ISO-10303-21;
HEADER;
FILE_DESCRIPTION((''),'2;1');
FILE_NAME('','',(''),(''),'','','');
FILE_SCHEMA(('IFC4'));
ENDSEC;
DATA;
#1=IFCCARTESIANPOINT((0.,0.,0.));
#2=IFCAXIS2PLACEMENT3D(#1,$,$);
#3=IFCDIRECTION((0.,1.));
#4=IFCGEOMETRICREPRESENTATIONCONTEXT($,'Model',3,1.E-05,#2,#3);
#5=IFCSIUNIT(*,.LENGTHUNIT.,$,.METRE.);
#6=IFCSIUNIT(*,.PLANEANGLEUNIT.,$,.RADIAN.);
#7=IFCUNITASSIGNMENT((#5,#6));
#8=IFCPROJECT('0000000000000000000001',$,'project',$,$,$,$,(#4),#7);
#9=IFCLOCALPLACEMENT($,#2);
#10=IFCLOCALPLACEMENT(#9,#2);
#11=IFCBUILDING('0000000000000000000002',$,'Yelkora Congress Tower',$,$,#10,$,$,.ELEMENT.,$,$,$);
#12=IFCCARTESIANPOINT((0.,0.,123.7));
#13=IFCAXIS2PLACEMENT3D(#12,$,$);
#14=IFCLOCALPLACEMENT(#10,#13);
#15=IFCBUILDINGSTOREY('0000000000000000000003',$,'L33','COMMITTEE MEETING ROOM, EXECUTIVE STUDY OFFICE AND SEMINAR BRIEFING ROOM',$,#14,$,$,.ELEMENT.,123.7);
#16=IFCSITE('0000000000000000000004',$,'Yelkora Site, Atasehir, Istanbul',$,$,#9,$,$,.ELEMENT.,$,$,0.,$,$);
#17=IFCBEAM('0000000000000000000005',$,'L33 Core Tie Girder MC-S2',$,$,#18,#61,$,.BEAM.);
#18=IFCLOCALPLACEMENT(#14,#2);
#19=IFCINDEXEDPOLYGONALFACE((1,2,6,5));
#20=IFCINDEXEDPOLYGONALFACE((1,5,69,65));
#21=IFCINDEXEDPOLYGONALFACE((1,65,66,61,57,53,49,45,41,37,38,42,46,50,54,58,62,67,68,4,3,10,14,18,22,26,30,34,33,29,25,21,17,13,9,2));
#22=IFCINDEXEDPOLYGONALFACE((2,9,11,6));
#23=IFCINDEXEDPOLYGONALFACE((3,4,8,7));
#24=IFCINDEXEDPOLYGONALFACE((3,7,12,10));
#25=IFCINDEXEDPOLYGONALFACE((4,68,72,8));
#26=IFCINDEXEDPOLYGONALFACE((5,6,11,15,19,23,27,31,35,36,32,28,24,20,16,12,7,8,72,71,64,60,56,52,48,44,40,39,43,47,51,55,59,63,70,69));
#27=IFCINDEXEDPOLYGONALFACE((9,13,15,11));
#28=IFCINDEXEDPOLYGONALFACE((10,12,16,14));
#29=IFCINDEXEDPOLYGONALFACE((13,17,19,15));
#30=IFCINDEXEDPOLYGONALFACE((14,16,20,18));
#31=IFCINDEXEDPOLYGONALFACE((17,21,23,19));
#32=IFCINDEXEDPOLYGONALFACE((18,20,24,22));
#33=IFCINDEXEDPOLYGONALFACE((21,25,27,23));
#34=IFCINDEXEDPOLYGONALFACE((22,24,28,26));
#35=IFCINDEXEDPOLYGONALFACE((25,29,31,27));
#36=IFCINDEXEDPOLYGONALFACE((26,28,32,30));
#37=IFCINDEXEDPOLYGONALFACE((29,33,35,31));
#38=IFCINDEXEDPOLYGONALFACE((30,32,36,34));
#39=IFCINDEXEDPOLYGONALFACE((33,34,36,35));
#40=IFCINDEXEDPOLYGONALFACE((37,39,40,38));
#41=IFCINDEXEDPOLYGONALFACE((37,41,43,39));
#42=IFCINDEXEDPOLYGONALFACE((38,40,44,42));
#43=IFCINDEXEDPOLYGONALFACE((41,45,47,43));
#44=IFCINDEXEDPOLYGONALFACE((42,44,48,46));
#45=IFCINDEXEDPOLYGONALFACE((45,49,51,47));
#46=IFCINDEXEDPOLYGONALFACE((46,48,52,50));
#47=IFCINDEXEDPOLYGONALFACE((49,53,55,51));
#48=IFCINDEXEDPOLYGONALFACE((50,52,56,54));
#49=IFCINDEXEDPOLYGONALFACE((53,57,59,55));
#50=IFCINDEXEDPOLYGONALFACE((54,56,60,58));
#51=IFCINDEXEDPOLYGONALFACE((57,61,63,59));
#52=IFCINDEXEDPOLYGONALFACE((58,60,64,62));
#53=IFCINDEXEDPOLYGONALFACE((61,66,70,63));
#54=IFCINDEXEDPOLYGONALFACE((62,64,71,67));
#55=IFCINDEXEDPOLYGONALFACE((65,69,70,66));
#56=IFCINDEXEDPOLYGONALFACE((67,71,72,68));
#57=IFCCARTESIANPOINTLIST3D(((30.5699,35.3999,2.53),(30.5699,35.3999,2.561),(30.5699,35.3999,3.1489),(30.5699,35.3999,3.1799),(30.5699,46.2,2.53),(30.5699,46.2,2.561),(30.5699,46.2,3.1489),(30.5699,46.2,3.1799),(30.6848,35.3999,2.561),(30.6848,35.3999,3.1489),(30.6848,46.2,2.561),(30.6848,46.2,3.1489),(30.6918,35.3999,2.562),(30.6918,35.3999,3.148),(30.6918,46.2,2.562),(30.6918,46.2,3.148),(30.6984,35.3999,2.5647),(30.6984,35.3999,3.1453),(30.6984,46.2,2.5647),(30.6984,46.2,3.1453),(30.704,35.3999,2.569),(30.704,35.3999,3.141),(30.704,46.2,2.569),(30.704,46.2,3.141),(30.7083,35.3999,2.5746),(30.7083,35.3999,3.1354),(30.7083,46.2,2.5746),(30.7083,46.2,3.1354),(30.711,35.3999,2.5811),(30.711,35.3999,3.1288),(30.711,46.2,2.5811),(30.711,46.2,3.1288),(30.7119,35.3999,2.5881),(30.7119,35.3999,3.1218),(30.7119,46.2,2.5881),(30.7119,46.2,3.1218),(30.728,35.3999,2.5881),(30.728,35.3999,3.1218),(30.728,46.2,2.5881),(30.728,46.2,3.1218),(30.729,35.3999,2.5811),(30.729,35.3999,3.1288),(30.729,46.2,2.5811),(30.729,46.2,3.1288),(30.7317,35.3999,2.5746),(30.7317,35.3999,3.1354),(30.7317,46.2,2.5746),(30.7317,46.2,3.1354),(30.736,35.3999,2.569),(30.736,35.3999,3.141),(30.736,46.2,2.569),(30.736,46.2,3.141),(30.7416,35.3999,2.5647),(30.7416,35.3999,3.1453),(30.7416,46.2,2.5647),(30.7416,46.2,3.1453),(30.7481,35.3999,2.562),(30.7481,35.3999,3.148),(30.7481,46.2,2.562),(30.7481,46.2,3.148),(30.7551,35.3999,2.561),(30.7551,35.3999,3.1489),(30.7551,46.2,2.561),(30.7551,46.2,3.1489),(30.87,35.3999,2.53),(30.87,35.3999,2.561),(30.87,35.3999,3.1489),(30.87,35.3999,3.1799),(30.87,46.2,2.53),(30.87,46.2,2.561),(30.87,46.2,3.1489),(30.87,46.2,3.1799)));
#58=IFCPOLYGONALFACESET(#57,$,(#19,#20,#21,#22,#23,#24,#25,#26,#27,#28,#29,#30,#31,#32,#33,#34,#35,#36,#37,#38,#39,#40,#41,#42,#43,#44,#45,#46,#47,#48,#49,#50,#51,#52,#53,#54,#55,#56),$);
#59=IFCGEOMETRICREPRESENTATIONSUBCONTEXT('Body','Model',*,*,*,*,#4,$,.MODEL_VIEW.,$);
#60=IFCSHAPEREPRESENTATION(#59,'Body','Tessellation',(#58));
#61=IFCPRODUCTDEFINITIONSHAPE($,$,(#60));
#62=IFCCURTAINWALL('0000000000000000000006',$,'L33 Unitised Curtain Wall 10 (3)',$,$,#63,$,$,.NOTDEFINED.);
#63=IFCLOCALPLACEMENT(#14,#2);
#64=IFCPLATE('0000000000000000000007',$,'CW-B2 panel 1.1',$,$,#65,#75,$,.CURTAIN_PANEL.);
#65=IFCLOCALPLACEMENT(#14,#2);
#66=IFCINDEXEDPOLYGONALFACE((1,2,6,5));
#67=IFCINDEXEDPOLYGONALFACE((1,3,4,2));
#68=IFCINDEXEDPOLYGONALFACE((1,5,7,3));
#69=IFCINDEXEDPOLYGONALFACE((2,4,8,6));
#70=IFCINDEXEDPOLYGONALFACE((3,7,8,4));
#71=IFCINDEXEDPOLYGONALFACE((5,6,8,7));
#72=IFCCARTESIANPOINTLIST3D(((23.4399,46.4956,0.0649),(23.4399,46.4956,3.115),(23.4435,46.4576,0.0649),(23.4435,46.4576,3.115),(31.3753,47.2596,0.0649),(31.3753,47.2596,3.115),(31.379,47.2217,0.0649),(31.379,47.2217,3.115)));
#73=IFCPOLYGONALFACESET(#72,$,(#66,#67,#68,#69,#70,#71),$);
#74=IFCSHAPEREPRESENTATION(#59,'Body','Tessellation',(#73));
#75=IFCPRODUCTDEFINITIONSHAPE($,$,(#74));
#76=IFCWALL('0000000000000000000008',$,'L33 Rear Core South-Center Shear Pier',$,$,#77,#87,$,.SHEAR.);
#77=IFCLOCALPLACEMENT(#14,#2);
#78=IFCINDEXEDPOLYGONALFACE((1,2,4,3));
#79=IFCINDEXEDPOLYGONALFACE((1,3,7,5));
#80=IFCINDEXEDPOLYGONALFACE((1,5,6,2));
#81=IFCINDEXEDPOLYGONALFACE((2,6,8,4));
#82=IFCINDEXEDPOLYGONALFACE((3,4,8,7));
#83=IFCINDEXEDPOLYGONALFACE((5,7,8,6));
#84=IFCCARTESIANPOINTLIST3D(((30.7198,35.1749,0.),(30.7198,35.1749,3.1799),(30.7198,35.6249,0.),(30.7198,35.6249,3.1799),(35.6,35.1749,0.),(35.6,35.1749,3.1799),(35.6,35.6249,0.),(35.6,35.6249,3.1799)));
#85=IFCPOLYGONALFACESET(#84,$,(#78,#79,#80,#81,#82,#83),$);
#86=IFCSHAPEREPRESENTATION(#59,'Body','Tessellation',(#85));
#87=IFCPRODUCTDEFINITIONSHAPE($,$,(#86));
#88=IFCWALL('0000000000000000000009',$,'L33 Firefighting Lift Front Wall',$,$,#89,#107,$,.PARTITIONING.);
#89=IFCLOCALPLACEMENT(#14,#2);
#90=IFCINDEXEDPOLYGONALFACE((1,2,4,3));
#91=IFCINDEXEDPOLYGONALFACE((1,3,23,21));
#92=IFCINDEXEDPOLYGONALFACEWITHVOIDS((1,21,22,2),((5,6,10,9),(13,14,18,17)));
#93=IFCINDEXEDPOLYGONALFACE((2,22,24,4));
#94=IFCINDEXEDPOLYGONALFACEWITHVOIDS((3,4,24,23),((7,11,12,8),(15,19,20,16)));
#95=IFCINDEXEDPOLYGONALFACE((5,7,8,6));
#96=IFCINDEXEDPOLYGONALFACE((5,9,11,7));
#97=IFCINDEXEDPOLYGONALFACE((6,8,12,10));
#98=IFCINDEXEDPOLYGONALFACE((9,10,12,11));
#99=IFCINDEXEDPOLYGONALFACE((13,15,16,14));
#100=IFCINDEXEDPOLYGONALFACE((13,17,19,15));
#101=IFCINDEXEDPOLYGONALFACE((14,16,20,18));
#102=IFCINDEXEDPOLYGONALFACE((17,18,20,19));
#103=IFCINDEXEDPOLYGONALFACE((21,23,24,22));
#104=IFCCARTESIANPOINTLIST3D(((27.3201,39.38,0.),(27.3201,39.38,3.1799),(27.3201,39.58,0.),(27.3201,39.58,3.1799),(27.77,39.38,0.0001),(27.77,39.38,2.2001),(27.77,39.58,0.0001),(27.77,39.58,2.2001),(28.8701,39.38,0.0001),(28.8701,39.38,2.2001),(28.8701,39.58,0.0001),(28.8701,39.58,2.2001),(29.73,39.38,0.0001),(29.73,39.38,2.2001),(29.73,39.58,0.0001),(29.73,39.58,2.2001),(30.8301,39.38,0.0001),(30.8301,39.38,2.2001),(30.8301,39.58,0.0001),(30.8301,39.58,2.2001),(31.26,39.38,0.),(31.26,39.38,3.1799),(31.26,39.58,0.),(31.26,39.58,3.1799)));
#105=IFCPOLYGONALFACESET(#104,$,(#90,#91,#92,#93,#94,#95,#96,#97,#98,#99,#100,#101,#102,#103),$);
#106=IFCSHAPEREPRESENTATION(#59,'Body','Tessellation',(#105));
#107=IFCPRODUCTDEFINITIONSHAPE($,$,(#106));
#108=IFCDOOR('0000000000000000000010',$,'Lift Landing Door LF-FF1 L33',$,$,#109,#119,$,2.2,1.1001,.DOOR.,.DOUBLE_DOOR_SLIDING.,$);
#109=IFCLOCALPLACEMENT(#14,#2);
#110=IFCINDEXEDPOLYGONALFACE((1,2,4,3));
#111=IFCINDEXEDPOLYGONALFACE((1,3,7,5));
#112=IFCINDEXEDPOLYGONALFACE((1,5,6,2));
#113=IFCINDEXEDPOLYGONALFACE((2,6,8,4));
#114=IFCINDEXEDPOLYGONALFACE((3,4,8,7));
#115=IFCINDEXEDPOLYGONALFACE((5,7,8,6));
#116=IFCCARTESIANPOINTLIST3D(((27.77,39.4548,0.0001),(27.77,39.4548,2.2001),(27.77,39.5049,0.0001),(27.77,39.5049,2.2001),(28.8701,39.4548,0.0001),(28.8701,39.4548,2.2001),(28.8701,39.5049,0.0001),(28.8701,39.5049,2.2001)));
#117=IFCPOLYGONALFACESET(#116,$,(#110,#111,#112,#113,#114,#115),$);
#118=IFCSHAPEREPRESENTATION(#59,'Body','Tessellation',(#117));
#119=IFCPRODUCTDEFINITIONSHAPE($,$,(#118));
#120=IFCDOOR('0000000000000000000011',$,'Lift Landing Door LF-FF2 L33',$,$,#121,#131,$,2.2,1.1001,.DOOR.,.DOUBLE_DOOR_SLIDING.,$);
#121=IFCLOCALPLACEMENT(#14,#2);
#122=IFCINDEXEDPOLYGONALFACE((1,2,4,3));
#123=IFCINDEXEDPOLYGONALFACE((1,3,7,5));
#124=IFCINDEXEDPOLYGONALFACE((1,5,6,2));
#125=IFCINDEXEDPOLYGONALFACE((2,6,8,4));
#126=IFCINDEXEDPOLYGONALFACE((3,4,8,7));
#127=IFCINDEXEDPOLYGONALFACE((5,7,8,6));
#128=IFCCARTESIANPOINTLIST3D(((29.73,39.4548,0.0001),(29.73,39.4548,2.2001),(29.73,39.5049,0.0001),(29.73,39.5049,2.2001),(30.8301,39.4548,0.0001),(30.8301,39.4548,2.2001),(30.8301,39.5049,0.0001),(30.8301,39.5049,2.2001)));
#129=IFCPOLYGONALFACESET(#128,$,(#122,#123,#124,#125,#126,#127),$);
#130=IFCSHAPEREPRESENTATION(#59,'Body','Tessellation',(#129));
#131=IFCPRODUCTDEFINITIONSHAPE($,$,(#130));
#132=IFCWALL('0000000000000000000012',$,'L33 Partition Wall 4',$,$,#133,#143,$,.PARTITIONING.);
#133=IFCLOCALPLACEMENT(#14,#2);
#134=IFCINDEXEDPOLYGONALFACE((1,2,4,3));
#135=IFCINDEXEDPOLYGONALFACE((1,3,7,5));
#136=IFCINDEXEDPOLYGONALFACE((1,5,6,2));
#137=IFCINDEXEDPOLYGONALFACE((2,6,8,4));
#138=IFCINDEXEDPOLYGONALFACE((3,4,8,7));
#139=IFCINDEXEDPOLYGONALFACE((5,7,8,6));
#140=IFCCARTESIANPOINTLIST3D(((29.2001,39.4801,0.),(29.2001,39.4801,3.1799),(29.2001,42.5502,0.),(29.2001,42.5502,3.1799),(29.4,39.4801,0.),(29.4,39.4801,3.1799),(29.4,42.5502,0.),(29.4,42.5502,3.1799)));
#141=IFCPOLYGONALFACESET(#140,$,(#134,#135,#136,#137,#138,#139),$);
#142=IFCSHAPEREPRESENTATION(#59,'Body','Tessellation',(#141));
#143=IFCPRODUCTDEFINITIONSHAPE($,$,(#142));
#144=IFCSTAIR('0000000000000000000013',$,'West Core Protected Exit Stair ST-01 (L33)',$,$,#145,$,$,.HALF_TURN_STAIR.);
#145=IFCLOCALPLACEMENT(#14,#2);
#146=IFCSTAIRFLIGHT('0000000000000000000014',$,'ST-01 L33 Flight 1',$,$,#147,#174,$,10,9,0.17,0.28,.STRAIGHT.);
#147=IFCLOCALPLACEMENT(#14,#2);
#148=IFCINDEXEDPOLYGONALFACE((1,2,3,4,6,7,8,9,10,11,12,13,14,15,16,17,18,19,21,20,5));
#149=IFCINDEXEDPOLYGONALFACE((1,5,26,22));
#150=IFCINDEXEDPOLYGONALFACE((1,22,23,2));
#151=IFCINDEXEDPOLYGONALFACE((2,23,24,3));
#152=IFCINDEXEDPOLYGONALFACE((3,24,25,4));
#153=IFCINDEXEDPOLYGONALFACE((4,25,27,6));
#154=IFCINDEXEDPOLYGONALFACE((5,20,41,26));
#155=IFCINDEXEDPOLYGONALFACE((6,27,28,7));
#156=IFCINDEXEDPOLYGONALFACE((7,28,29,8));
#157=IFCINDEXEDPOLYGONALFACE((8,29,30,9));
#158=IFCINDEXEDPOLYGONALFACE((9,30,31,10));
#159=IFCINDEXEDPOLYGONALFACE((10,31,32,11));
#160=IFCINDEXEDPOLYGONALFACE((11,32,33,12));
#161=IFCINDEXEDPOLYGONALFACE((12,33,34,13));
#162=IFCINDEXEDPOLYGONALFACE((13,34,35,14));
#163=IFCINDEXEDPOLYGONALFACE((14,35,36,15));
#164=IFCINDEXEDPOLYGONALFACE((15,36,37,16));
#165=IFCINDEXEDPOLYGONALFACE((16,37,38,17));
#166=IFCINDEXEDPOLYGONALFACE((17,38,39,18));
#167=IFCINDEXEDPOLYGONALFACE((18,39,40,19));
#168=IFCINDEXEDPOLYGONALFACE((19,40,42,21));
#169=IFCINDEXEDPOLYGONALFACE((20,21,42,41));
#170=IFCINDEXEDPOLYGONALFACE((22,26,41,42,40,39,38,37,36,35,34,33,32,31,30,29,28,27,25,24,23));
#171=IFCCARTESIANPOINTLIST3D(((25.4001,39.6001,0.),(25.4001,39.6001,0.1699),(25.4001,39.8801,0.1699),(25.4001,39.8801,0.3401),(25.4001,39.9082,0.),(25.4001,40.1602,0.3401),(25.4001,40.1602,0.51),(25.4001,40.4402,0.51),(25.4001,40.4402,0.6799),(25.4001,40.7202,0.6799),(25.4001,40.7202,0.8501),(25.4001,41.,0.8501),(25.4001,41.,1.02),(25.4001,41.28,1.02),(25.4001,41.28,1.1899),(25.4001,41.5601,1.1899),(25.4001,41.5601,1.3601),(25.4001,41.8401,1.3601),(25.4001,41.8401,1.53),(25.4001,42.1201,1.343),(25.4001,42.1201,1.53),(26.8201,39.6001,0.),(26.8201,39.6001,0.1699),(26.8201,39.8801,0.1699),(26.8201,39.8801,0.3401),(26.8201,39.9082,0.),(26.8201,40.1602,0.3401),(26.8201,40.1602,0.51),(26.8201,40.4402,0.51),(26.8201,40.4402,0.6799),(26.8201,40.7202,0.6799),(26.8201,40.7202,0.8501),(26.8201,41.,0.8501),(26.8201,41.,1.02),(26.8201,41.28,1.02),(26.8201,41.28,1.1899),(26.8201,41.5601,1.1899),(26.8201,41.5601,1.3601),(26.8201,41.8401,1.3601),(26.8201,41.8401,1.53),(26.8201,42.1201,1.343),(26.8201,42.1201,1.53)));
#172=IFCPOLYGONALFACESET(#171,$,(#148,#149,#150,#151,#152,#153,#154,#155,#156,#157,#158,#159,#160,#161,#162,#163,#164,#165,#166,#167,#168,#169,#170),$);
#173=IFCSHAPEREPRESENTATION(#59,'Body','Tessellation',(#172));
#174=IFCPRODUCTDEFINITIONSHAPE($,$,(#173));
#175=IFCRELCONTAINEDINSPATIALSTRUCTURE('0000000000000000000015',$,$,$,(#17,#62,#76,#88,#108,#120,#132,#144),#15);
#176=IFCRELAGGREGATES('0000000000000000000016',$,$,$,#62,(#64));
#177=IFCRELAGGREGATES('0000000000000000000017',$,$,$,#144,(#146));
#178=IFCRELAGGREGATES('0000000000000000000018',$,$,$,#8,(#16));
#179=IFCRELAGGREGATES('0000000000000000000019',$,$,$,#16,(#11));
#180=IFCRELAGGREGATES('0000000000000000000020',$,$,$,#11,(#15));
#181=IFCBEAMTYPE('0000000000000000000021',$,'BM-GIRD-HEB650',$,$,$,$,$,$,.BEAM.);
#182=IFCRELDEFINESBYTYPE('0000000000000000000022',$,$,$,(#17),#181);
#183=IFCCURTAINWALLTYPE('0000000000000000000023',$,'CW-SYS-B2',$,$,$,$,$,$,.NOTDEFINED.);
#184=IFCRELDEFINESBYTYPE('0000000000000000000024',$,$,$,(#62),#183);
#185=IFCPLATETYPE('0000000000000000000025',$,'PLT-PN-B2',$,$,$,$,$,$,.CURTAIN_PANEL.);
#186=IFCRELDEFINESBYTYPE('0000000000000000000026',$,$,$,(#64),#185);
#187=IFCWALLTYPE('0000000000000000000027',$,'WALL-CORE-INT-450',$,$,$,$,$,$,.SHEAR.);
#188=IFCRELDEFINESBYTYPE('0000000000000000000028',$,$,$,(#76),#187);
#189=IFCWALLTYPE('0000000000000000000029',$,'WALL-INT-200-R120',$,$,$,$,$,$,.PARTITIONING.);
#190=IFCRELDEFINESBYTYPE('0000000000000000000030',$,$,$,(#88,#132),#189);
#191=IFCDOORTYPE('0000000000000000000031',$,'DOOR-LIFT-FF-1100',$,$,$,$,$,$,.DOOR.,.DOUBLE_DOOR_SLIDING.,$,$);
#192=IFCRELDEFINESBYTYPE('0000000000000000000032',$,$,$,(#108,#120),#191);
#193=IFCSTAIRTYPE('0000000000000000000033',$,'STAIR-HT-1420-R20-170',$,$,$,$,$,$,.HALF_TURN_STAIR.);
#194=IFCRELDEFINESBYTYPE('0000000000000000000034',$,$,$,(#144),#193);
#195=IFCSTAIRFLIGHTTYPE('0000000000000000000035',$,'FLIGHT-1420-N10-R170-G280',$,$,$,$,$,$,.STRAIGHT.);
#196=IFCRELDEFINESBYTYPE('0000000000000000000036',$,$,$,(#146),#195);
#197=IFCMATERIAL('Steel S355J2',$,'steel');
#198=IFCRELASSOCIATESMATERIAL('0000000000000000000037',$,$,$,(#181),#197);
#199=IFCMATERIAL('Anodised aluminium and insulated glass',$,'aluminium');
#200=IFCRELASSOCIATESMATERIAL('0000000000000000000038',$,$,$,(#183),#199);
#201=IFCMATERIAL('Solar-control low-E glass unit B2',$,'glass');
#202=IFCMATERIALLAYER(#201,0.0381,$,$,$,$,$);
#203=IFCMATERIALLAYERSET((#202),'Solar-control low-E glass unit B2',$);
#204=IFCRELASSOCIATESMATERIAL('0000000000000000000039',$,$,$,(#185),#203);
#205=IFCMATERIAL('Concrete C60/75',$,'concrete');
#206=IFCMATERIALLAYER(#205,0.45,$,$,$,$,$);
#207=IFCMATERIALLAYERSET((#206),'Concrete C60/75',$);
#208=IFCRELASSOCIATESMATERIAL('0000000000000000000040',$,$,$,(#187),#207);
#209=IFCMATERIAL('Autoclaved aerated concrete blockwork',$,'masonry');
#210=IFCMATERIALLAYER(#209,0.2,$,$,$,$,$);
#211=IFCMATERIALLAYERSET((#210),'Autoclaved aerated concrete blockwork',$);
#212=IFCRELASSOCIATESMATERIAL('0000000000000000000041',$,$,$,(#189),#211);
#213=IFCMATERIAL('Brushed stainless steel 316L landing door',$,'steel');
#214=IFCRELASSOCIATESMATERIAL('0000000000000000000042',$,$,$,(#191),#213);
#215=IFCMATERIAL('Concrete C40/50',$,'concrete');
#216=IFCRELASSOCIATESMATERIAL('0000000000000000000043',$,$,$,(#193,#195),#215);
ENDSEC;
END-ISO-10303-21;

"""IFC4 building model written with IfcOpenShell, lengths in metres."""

from ifc_helpers import new_model, si_unit, direction, frame, frame_2d, origin, origin_2d, place, context, subcontext, project, spatial, polyline, rectangle, i_section, outline, extrude, material, layer, layer_set, material_profile, profile_set, type_object, element, fill, aggregate, save


model = new_model("IFC4")

# Units and contexts
model_context = context("Model", 3, precision=1e-05, world=origin(), true_north=direction((0.0, 1.0)))
body_context = subcontext(model_context, "Body", "Model", "MODEL_VIEW")
ifc_project = project(units=[si_unit("LENGTHUNIT", "METRE"), si_unit("PLANEANGLEUNIT", "RADIAN")], contexts=[model_context])

# Site, building, storey
site_placement = place(None, origin())
site = spatial("IfcSite", under=ifc_project, at=site_placement, Name="Yelkora Site, Atasehir, Istanbul", CompositionType="ELEMENT", RefElevation=0.0)
building_placement = place(site_placement, origin())
building = spatial("IfcBuilding", under=site, at=building_placement, Name="Yelkora Congress Tower", CompositionType="ELEMENT")
storey_placement = place(building_placement, frame((0.0, 0.0, 123.7)))
storey = spatial("IfcBuildingStorey", under=building, at=storey_placement, Name="L33", Description="COMMITTEE MEETING ROOM, EXECUTIVE STUDY OFFICE AND SEMINAR BRIEFING ROOM", CompositionType="ELEMENT", Elevation=123.7)

# Beam
ifc_material_1 = material(Name="Steel S355J2", Category="steel")
ifc_material_profile_1 = material_profile(ifc_material_1, i_section(OverallWidth=0.3, OverallDepth=0.6499, WebThickness=0.0161, FlangeThickness=0.031, FilletRadius=0.0271, at=origin_2d()), Name="HEB 650")
ifc_profile_set_1 = profile_set([ifc_material_profile_1], Name="Steel S355J2")
beam_type = type_object("IfcBeamType", Name="BM-GIRD-HEB650", PredefinedType="BEAM", material=ifc_profile_set_1)
beam_placement = place(storey_placement, frame((30.72, 35.3999, 2.855), z_axis=(0.0, 1.0, 0.0), x_axis=(-1.0, 0.0, 0.0)))
element("IfcBeam", 1, at=beam_placement, inside=storey, type_object=beam_type, Name="L33 Core Tie Girder MC-S2", PredefinedType="BEAM", context=body_context, shape_type="SweptSolid", body=[
    extrude(i_section(OverallWidth=0.3, OverallDepth=0.6499, WebThickness=0.0161, FlangeThickness=0.031, FilletRadius=0.0271, at=origin_2d()), origin(), (0.0, 0.0, 1.0), 10.8),
])

# Curtain wall, plate
ifc_material_2 = material(Name="Anodised aluminium and insulated glass", Category="aluminium")
curtain_wall_type = type_object("IfcCurtainWallType", Name="CW-SYS-B2", PredefinedType="NOTDEFINED", material=ifc_material_2)
curtain_wall_placement = place(storey_placement, origin())
curtain_wall = element("IfcCurtainWall", 2, at=curtain_wall_placement, inside=storey, type_object=curtain_wall_type, Name="L33 Unitised Curtain Wall 10 (3)", PredefinedType="NOTDEFINED")
ifc_material_3 = material(Name="Solar-control low-E glass unit B2", Category="glass")
ifc_layer_1 = layer(ifc_material_3, 0.0381)
ifc_layer_set_1 = layer_set([ifc_layer_1], Name="Solar-control low-E glass unit B2")
plate_type = type_object("IfcPlateType", Name="PLT-PN-B2", PredefinedType="CURTAIN_PANEL", material=ifc_layer_set_1)
plate_placement = place(storey_placement, frame((27.4094, 46.8586, 0.0649), z_axis=(0.0, 0.0, 1.0), x_axis=(0.995396, 0.095844, 0.0)))
plate = element("IfcPlate", 3, at=plate_placement, type_object=plate_type, Name="CW-B2 panel 1.1", PredefinedType="CURTAIN_PANEL", context=body_context, shape_type="SweptSolid", body=[
    extrude(rectangle(XDim=7.9722, YDim=0.0381, at=origin_2d()), origin(), (0.0, 0.0, 1.0), 3.05),
])
aggregate(curtain_wall, [plate])

# Wall
ifc_material_4 = material(Name="Concrete C60/75", Category="concrete")
ifc_layer_2 = layer(ifc_material_4, 0.45)
ifc_layer_set_2 = layer_set([ifc_layer_2], Name="Concrete C60/75")
wall_type_1 = type_object("IfcWallType", Name="WALL-CORE-INT-450", PredefinedType="SHEAR", material=ifc_layer_set_2)
wall_1_placement = place(storey_placement, frame((30.72, 35.3999, 0.0), z_axis=(0.0, 0.0, 1.0), x_axis=(1.0, 0.0, 0.0)))
element("IfcWall", 4, at=wall_1_placement, inside=storey, type_object=wall_type_1, Name="L33 Rear Core South-Center Shear Pier", PredefinedType="SHEAR", context=body_context, shape_type="SweptSolid", body=[
    extrude(rectangle(XDim=4.8801, YDim=0.45, at=frame_2d((2.4399, 0.0))), origin(), (0.0, 0.0, 1.0), 3.1799),
])

# Shared definitions
ifc_material_5 = material(Name="Autoclaved aerated concrete blockwork", Category="masonry")
ifc_layer_3 = layer(ifc_material_5, 0.2)
ifc_layer_set_3 = layer_set([ifc_layer_3], Name="Autoclaved aerated concrete blockwork")
wall_type_2 = type_object("IfcWallType", Name="WALL-INT-200-R120", PredefinedType="PARTITIONING", material=ifc_layer_set_3)

# Wall, openings, doors
wall_2_placement = place(storey_placement, frame((27.3201, 39.48, 0.0), z_axis=(0.0, 0.0, 1.0), x_axis=(1.0, 0.0, 0.0)))
wall_2 = element("IfcWall", 5, at=wall_2_placement, inside=storey, type_object=wall_type_2, Name="L33 Firefighting Lift Front Wall", PredefinedType="PARTITIONING", context=body_context, shape_type="SweptSolid", body=[
    extrude(rectangle(XDim=3.9399, YDim=0.2, at=frame_2d((1.97, 0.0))), origin(), (0.0, 0.0, 1.0), 3.1799),
])
opening_1_placement = place(wall_2_placement, frame((0.45, 0.0, 0.0)))
opening_1 = element("IfcOpeningElement", 6, at=opening_1_placement, cuts=wall_2, PredefinedType="OPENING", context=body_context, shape_type="SweptSolid", body=[
    extrude(rectangle(XDim=1.1001, YDim=2.2, at=frame_2d((0.55, 1.1001))), frame((0.0, 0.1099, 0.0), z_axis=(0.0, -1.0, 0.0), x_axis=(1.0, 0.0, 0.0)), (0.0, 0.0, 1.0), 0.22),
])
opening_2_placement = place(wall_2_placement, frame((2.4099, 0.0, 0.0)))
opening_2 = element("IfcOpeningElement", 7, at=opening_2_placement, cuts=wall_2, PredefinedType="OPENING", context=body_context, shape_type="SweptSolid", body=[
    extrude(rectangle(XDim=1.1001, YDim=2.2, at=frame_2d((0.55, 1.1001))), frame((0.0, 0.1099, 0.0), z_axis=(0.0, -1.0, 0.0), x_axis=(1.0, 0.0, 0.0)), (0.0, 0.0, 1.0), 0.22),
])
ifc_material_6 = material(Name="Brushed stainless steel 316L landing door", Category="steel")
door_type_1 = type_object("IfcDoorType", Name="DOOR-LIFT-FF-1100", OperationType="DOUBLE_DOOR_SLIDING", PredefinedType="DOOR", material=ifc_material_6)
door_1_placement = place(opening_1_placement, origin())
door_1 = element("IfcDoor", 8, at=door_1_placement, inside=storey, type_object=door_type_1, Name="Lift Landing Door LF-FF1 L33", OperationType="DOUBLE_DOOR_SLIDING", OverallHeight=2.2, OverallWidth=1.1001, PredefinedType="DOOR", context=body_context, shape_type="SweptSolid", body=[
    extrude(rectangle(XDim=1.1001, YDim=2.2, at=frame_2d((0.55, 1.1001))), frame((0.0, 0.0249, 0.0), z_axis=(0.0, -1.0, 0.0), x_axis=(1.0, 0.0, 0.0)), (0.0, 0.0, 1.0), 0.05),
])
fill(opening_1, door_1)
door_2_placement = place(opening_2_placement, origin())
door_2 = element("IfcDoor", 9, at=door_2_placement, inside=storey, type_object=door_type_1, Name="Lift Landing Door LF-FF2 L33", OperationType="DOUBLE_DOOR_SLIDING", OverallHeight=2.2, OverallWidth=1.1001, PredefinedType="DOOR", context=body_context, shape_type="SweptSolid", body=[
    extrude(rectangle(XDim=1.1001, YDim=2.2, at=frame_2d((0.55, 1.1001))), frame((0.0, 0.0249, 0.0), z_axis=(0.0, -1.0, 0.0), x_axis=(1.0, 0.0, 0.0)), (0.0, 0.0, 1.0), 0.05),
])
fill(opening_2, door_2)

# Wall
wall_3_placement = place(storey_placement, frame((29.3, 39.48, 0.0), z_axis=(0.0, 0.0, 1.0), x_axis=(0.0, 1.0, 0.0)))
element("IfcWall", 10, at=wall_3_placement, inside=storey, type_object=wall_type_2, Name="L33 Partition Wall 4", PredefinedType="PARTITIONING", context=body_context, shape_type="SweptSolid", body=[
    extrude(rectangle(XDim=3.0701, YDim=0.2, at=frame_2d((1.5352, 0.0))), origin(), (0.0, 0.0, 1.0), 3.1799),
])

# Stair, stair flight
ifc_material_7 = material(Name="Concrete C40/50", Category="concrete")
stair_type = type_object("IfcStairType", Name="STAIR-HT-1420-R20-170", PredefinedType="HALF_TURN_STAIR", material=ifc_material_7)
stair_placement = place(storey_placement, origin())
stair = element("IfcStair", 11, at=stair_placement, inside=storey, type_object=stair_type, Name="West Core Protected Exit Stair ST-01 (L33)", PredefinedType="HALF_TURN_STAIR")
stair_flight_type = type_object("IfcStairFlightType", Name="FLIGHT-1420-N10-R170-G280", PredefinedType="STRAIGHT", material=ifc_material_7)
stair_flight_placement = place(storey_placement, frame((26.1101, 39.6001, 0.0), z_axis=(0.0, 0.0, 1.0), x_axis=(0.0, 1.0, 0.0)))
stair_flight = element("IfcStairFlight", 12, at=stair_flight_placement, type_object=stair_flight_type, Name="ST-01 L33 Flight 1", NumberOfRisers=10, NumberOfTreads=9, PredefinedType="STRAIGHT", RiserHeight=0.17, TreadLength=0.28, context=body_context, shape_type="SweptSolid", body=[
    extrude(outline(polyline([(0.0, 0.0), (0.0, 0.1699), (0.28, 0.1699), (0.28, 0.3401), (0.5601, 0.3401), (0.5601, 0.51), (0.8401, 0.51), (0.8401, 0.6799), (1.1201, 0.6799), (1.1201, 0.8501), (1.3999, 0.8501), (1.3999, 1.02), (1.6799, 1.02), (1.6799, 1.1899), (1.96, 1.1899), (1.96, 1.3601), (2.24, 1.3601), (2.24, 1.53), (2.52, 1.53), (2.52, 1.7), (2.52, 1.343), (0.3081, 0.0), (0.0, 0.0)])), frame((0.0, 0.71, 0.0), z_axis=(0.0, -1.0, 0.0), x_axis=(1.0, 0.0, 0.0)), (0.0, 0.0, 1.0), 1.4199),
])
aggregate(stair, [stair_flight])

save(model, "model.ifc")
